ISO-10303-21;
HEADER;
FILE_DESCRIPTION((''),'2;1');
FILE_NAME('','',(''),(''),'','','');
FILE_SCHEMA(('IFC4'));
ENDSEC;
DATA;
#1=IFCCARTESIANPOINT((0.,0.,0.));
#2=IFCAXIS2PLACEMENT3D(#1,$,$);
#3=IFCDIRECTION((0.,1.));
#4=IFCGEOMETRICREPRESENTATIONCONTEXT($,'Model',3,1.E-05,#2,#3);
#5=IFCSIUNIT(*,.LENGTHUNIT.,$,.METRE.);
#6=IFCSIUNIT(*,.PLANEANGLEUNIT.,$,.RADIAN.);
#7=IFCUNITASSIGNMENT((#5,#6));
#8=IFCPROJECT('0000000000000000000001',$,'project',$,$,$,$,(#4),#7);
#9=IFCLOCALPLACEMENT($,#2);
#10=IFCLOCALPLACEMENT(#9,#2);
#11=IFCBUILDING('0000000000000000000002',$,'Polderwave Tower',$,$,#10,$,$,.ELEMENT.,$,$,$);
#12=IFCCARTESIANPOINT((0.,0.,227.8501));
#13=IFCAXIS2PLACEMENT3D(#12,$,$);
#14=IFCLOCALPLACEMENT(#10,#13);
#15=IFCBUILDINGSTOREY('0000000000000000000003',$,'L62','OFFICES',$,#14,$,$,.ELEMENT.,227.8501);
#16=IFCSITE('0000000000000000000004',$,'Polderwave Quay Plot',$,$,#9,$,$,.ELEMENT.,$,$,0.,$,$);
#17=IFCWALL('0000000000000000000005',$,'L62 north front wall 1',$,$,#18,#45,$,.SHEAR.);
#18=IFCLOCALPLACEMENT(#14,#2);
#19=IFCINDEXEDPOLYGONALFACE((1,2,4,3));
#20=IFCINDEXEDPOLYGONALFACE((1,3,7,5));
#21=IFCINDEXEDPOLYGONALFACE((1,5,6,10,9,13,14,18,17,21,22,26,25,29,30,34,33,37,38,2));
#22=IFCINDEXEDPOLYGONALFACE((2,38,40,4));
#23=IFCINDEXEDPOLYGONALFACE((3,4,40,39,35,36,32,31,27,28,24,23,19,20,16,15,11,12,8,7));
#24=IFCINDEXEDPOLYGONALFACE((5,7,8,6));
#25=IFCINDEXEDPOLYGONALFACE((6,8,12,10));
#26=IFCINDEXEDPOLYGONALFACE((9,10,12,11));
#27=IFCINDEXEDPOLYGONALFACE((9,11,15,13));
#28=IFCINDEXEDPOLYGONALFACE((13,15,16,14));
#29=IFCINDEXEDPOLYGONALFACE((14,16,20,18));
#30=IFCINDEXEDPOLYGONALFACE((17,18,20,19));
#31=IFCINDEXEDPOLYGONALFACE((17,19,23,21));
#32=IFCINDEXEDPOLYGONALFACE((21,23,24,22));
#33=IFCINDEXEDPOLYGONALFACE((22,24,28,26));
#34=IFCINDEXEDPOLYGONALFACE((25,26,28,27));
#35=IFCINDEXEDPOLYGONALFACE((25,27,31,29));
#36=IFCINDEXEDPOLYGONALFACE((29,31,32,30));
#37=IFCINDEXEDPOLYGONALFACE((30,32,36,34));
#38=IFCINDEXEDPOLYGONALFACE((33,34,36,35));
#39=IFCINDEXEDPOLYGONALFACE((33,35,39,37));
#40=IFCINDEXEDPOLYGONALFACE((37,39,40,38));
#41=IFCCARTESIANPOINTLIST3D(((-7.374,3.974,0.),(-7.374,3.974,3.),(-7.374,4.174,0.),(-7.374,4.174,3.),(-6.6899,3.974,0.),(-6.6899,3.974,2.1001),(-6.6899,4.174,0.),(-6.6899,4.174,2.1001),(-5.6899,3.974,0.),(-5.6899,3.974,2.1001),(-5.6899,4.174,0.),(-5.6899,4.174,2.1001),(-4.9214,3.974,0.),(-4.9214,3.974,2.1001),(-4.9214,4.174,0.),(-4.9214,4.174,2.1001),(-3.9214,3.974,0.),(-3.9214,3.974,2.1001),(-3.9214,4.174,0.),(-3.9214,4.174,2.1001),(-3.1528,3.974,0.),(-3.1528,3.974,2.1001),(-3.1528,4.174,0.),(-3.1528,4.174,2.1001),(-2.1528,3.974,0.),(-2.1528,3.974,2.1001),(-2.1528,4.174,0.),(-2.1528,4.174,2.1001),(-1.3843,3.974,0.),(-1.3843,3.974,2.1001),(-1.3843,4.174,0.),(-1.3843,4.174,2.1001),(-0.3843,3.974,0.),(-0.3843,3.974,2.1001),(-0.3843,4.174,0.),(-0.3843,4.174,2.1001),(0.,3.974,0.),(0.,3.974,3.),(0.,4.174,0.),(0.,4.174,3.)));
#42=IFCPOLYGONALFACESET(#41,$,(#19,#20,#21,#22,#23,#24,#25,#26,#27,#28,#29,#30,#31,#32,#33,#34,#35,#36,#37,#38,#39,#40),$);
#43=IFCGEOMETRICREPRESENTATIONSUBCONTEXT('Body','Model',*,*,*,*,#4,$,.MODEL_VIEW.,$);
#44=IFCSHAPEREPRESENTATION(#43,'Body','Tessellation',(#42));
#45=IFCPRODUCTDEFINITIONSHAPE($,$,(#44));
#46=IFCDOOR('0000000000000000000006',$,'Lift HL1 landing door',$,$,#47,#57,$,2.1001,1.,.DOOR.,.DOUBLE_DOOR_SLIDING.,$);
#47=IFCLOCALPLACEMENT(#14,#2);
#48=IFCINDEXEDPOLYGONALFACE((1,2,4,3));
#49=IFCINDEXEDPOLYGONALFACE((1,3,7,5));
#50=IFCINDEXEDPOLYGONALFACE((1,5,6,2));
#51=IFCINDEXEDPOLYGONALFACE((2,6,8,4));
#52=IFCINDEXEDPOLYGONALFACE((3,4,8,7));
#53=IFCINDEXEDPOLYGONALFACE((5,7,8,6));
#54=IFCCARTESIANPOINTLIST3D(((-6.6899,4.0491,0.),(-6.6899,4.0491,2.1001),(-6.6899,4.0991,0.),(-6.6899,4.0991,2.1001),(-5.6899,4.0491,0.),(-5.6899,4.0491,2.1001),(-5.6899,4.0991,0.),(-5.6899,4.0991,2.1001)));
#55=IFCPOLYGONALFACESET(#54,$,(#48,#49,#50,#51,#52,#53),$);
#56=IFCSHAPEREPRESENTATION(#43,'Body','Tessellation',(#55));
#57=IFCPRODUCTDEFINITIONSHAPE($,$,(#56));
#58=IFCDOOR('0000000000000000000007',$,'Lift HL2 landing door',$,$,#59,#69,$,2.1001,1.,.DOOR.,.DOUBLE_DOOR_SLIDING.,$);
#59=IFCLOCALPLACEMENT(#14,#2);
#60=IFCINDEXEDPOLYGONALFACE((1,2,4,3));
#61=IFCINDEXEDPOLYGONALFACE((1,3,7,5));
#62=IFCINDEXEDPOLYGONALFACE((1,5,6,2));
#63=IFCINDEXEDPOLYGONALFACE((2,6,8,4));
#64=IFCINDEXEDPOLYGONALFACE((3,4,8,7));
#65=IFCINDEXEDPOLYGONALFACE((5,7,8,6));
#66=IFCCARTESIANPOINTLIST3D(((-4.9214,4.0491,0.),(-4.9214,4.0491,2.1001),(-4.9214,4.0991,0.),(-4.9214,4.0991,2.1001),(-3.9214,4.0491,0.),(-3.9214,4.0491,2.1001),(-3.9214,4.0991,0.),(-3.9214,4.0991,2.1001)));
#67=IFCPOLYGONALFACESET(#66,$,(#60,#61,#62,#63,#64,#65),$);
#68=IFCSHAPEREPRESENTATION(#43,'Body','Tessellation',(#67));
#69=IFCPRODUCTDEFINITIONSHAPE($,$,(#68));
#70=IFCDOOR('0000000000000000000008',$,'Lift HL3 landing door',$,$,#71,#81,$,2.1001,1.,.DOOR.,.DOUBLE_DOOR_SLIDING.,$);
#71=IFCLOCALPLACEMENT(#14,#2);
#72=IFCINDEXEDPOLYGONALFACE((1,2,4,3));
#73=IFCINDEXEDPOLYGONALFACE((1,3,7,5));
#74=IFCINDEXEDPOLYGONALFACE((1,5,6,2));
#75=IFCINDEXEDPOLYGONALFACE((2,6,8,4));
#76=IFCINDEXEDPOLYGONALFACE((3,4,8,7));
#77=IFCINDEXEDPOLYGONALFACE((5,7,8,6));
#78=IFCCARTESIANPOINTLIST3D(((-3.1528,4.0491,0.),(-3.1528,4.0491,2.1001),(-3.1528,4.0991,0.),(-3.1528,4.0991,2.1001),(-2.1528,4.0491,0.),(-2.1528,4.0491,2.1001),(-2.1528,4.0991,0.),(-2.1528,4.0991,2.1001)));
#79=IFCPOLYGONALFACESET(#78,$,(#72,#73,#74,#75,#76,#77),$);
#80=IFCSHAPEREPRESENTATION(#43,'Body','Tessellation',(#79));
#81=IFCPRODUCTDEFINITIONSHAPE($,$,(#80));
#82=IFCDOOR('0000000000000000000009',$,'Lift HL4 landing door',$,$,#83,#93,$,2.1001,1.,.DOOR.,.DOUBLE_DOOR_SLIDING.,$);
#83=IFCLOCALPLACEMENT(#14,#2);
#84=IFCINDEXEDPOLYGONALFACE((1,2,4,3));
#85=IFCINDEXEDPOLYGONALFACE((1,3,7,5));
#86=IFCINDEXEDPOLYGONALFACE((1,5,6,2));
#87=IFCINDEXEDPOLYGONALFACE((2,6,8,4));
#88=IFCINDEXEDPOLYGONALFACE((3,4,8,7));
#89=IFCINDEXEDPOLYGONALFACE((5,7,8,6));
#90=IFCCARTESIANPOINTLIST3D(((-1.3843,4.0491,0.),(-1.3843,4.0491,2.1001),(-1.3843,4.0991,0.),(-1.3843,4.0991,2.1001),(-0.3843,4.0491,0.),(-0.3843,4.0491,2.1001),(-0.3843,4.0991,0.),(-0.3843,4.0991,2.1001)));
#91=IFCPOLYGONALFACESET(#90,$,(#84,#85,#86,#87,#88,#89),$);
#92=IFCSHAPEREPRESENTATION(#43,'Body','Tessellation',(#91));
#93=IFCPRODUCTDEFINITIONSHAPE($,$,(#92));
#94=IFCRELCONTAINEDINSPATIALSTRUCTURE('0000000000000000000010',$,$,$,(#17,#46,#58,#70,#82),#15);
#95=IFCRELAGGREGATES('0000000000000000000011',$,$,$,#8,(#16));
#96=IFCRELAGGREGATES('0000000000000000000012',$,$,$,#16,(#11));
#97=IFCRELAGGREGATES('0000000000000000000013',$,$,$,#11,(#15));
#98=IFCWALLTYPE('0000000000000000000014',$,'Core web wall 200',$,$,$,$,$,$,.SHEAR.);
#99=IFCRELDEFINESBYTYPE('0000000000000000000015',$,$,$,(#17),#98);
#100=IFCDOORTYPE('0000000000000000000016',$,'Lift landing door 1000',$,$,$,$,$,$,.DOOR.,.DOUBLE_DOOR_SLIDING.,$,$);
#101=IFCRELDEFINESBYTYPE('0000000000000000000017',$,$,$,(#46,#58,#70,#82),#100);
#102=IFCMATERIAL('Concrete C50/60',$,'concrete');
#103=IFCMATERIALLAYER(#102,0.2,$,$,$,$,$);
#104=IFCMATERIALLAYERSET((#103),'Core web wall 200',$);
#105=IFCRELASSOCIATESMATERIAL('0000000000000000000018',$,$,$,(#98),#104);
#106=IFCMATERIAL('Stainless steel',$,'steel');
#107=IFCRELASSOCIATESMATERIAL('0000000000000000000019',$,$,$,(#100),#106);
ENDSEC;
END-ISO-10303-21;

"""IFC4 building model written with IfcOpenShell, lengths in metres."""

from ifc_helpers import new_model, si_unit, direction, frame, frame_2d, origin, place, context, subcontext, project, spatial, rectangle, extrude, material, layer, layer_set, type_object, element, fill, save


model = new_model("IFC4")

# Units and contexts
model_context = context("Model", 3, precision=1e-05, world=origin(), true_north=direction((0.0, 1.0)))
body_context = subcontext(model_context, "Body", "Model", "MODEL_VIEW")
ifc_project = project(units=[si_unit("LENGTHUNIT", "METRE"), si_unit("PLANEANGLEUNIT", "RADIAN")], contexts=[model_context])

# Site, building, storey
site_placement = place(None, origin())
site = spatial("IfcSite", under=ifc_project, at=site_placement, Name="Polderwave Quay Plot", CompositionType="ELEMENT", RefElevation=0.0)
building_placement = place(site_placement, origin())
building = spatial("IfcBuilding", under=site, at=building_placement, Name="Polderwave Tower", CompositionType="ELEMENT")
storey_placement = place(building_placement, frame((0.0, 0.0, 227.8501)))
storey = spatial("IfcBuildingStorey", under=building, at=storey_placement, Name="L62", Description="OFFICES", CompositionType="ELEMENT", Elevation=227.8501)

# Wall, openings, doors
ifc_material_1 = material(Name="Concrete C50/60", Category="concrete")
ifc_layer_1 = layer(ifc_material_1, 0.2)
ifc_layer_set_1 = layer_set([ifc_layer_1], Name="Core web wall 200")
wall_type_1 = type_object("IfcWallType", Name="Core web wall 200", PredefinedType="SHEAR", material=ifc_layer_set_1)
wall_1_placement = place(storey_placement, frame((-7.374, 4.074, 0.0), z_axis=(0.0, 0.0, 1.0), x_axis=(1.0, 0.0, 0.0)))
wall_1 = element("IfcWall", 1, at=wall_1_placement, inside=storey, type_object=wall_type_1, Name="L62 north front wall 1", PredefinedType="SHEAR", context=body_context, shape_type="SweptSolid", body=[
    extrude(rectangle(XDim=7.374, YDim=0.2, at=frame_2d((3.687, 0.0))), origin(), (0.0, 0.0, 1.0), 3.0),
])
opening_1_placement = place(wall_1_placement, frame((0.6841, 0.0, 0.0)))
opening_1 = element("IfcOpeningElement", 2, at=opening_1_placement, cuts=wall_1, PredefinedType="OPENING", context=body_context, shape_type="SweptSolid", body=[
    extrude(rectangle(XDim=1.0, YDim=2.1001, at=frame_2d((0.5, 1.05))), frame((0.0, 0.1099, 0.0), z_axis=(0.0, -1.0, 0.0), x_axis=(1.0, 0.0, 0.0)), (0.0, 0.0, 1.0), 0.22),
])
opening_2_placement = place(wall_1_placement, frame((2.4526, 0.0, 0.0)))
opening_2 = element("IfcOpeningElement", 3, at=opening_2_placement, cuts=wall_1, PredefinedType="OPENING", context=body_context, shape_type="SweptSolid", body=[
    extrude(rectangle(XDim=1.0, YDim=2.1001, at=frame_2d((0.5, 1.05))), frame((0.0, 0.1099, 0.0), z_axis=(0.0, -1.0, 0.0), x_axis=(1.0, 0.0, 0.0)), (0.0, 0.0, 1.0), 0.22),
])
opening_3_placement = place(wall_1_placement, frame((4.2212, 0.0, 0.0)))
opening_3 = element("IfcOpeningElement", 4, at=opening_3_placement, cuts=wall_1, PredefinedType="OPENING", context=body_context, shape_type="SweptSolid", body=[
    extrude(rectangle(XDim=1.0, YDim=2.1001, at=frame_2d((0.5, 1.05))), frame((0.0, 0.1099, 0.0), z_axis=(0.0, -1.0, 0.0), x_axis=(1.0, 0.0, 0.0)), (0.0, 0.0, 1.0), 0.22),
])
opening_4_placement = place(wall_1_placement, frame((5.9897, 0.0, 0.0)))
opening_4 = element("IfcOpeningElement", 5, at=opening_4_placement, cuts=wall_1, PredefinedType="OPENING", context=body_context, shape_type="SweptSolid", body=[
    extrude(rectangle(XDim=1.0, YDim=2.1001, at=frame_2d((0.5, 1.05))), frame((0.0, 0.1099, 0.0), z_axis=(0.0, -1.0, 0.0), x_axis=(1.0, 0.0, 0.0)), (0.0, 0.0, 1.0), 0.22),
])
ifc_material_2 = material(Name="Stainless steel", Category="steel")
door_type_1 = type_object("IfcDoorType", Name="Lift landing door 1000", OperationType="DOUBLE_DOOR_SLIDING", PredefinedType="DOOR", material=ifc_material_2)
door_1_placement = place(opening_1_placement, frame((1.0, 0.0, 0.0), z_axis=(0.0, 0.0, 1.0), x_axis=(-1.0, 0.0, 0.0)))
door_1 = element("IfcDoor", 6, at=door_1_placement, inside=storey, type_object=door_type_1, Name="Lift HL1 landing door", OperationType="DOUBLE_DOOR_SLIDING", OverallHeight=2.1001, OverallWidth=1.0, PredefinedType="DOOR", context=body_context, shape_type="SweptSolid", body=[
    extrude(rectangle(XDim=1.0, YDim=2.1001, at=frame_2d((0.5, 1.05))), frame((0.0, 0.0249, 0.0), z_axis=(0.0, -1.0, 0.0), x_axis=(1.0, 0.0, 0.0)), (0.0, 0.0, 1.0), 0.05),
])
fill(opening_1, door_1)
door_2_placement = place(opening_2_placement, frame((1.0, 0.0, 0.0), z_axis=(0.0, 0.0, 1.0), x_axis=(-1.0, 0.0, 0.0)))
door_2 = element("IfcDoor", 7, at=door_2_placement, inside=storey, type_object=door_type_1, Name="Lift HL2 landing door", OperationType="DOUBLE_DOOR_SLIDING", OverallHeight=2.1001, OverallWidth=1.0, PredefinedType="DOOR", context=body_context, shape_type="SweptSolid", body=[
    extrude(rectangle(XDim=1.0, YDim=2.1001, at=frame_2d((0.5, 1.05))), frame((0.0, 0.0249, 0.0), z_axis=(0.0, -1.0, 0.0), x_axis=(1.0, 0.0, 0.0)), (0.0, 0.0, 1.0), 0.05),
])
fill(opening_2, door_2)
door_3_placement = place(opening_3_placement, frame((1.0, 0.0, 0.0), z_axis=(0.0, 0.0, 1.0), x_axis=(-1.0, 0.0, 0.0)))
door_3 = element("IfcDoor", 8, at=door_3_placement, inside=storey, type_object=door_type_1, Name="Lift HL3 landing door", OperationType="DOUBLE_DOOR_SLIDING", OverallHeight=2.1001, OverallWidth=1.0, PredefinedType="DOOR", context=body_context, shape_type="SweptSolid", body=[
    extrude(rectangle(XDim=1.0, YDim=2.1001, at=frame_2d((0.5, 1.05))), frame((0.0, 0.0249, 0.0), z_axis=(0.0, -1.0, 0.0), x_axis=(1.0, 0.0, 0.0)), (0.0, 0.0, 1.0), 0.05),
])
fill(opening_3, door_3)
door_4_placement = place(opening_4_placement, frame((1.0, 0.0, 0.0), z_axis=(0.0, 0.0, 1.0), x_axis=(-1.0, 0.0, 0.0)))
door_4 = element("IfcDoor", 9, at=door_4_placement, inside=storey, type_object=door_type_1, Name="Lift HL4 landing door", OperationType="DOUBLE_DOOR_SLIDING", OverallHeight=2.1001, OverallWidth=1.0, PredefinedType="DOOR", context=body_context, shape_type="SweptSolid", body=[
    extrude(rectangle(XDim=1.0, YDim=2.1001, at=frame_2d((0.5, 1.05))), frame((0.0, 0.0249, 0.0), z_axis=(0.0, -1.0, 0.0), x_axis=(1.0, 0.0, 0.0)), (0.0, 0.0, 1.0), 0.05),
])
fill(opening_4, door_4)

save(model, "model.ifc")
